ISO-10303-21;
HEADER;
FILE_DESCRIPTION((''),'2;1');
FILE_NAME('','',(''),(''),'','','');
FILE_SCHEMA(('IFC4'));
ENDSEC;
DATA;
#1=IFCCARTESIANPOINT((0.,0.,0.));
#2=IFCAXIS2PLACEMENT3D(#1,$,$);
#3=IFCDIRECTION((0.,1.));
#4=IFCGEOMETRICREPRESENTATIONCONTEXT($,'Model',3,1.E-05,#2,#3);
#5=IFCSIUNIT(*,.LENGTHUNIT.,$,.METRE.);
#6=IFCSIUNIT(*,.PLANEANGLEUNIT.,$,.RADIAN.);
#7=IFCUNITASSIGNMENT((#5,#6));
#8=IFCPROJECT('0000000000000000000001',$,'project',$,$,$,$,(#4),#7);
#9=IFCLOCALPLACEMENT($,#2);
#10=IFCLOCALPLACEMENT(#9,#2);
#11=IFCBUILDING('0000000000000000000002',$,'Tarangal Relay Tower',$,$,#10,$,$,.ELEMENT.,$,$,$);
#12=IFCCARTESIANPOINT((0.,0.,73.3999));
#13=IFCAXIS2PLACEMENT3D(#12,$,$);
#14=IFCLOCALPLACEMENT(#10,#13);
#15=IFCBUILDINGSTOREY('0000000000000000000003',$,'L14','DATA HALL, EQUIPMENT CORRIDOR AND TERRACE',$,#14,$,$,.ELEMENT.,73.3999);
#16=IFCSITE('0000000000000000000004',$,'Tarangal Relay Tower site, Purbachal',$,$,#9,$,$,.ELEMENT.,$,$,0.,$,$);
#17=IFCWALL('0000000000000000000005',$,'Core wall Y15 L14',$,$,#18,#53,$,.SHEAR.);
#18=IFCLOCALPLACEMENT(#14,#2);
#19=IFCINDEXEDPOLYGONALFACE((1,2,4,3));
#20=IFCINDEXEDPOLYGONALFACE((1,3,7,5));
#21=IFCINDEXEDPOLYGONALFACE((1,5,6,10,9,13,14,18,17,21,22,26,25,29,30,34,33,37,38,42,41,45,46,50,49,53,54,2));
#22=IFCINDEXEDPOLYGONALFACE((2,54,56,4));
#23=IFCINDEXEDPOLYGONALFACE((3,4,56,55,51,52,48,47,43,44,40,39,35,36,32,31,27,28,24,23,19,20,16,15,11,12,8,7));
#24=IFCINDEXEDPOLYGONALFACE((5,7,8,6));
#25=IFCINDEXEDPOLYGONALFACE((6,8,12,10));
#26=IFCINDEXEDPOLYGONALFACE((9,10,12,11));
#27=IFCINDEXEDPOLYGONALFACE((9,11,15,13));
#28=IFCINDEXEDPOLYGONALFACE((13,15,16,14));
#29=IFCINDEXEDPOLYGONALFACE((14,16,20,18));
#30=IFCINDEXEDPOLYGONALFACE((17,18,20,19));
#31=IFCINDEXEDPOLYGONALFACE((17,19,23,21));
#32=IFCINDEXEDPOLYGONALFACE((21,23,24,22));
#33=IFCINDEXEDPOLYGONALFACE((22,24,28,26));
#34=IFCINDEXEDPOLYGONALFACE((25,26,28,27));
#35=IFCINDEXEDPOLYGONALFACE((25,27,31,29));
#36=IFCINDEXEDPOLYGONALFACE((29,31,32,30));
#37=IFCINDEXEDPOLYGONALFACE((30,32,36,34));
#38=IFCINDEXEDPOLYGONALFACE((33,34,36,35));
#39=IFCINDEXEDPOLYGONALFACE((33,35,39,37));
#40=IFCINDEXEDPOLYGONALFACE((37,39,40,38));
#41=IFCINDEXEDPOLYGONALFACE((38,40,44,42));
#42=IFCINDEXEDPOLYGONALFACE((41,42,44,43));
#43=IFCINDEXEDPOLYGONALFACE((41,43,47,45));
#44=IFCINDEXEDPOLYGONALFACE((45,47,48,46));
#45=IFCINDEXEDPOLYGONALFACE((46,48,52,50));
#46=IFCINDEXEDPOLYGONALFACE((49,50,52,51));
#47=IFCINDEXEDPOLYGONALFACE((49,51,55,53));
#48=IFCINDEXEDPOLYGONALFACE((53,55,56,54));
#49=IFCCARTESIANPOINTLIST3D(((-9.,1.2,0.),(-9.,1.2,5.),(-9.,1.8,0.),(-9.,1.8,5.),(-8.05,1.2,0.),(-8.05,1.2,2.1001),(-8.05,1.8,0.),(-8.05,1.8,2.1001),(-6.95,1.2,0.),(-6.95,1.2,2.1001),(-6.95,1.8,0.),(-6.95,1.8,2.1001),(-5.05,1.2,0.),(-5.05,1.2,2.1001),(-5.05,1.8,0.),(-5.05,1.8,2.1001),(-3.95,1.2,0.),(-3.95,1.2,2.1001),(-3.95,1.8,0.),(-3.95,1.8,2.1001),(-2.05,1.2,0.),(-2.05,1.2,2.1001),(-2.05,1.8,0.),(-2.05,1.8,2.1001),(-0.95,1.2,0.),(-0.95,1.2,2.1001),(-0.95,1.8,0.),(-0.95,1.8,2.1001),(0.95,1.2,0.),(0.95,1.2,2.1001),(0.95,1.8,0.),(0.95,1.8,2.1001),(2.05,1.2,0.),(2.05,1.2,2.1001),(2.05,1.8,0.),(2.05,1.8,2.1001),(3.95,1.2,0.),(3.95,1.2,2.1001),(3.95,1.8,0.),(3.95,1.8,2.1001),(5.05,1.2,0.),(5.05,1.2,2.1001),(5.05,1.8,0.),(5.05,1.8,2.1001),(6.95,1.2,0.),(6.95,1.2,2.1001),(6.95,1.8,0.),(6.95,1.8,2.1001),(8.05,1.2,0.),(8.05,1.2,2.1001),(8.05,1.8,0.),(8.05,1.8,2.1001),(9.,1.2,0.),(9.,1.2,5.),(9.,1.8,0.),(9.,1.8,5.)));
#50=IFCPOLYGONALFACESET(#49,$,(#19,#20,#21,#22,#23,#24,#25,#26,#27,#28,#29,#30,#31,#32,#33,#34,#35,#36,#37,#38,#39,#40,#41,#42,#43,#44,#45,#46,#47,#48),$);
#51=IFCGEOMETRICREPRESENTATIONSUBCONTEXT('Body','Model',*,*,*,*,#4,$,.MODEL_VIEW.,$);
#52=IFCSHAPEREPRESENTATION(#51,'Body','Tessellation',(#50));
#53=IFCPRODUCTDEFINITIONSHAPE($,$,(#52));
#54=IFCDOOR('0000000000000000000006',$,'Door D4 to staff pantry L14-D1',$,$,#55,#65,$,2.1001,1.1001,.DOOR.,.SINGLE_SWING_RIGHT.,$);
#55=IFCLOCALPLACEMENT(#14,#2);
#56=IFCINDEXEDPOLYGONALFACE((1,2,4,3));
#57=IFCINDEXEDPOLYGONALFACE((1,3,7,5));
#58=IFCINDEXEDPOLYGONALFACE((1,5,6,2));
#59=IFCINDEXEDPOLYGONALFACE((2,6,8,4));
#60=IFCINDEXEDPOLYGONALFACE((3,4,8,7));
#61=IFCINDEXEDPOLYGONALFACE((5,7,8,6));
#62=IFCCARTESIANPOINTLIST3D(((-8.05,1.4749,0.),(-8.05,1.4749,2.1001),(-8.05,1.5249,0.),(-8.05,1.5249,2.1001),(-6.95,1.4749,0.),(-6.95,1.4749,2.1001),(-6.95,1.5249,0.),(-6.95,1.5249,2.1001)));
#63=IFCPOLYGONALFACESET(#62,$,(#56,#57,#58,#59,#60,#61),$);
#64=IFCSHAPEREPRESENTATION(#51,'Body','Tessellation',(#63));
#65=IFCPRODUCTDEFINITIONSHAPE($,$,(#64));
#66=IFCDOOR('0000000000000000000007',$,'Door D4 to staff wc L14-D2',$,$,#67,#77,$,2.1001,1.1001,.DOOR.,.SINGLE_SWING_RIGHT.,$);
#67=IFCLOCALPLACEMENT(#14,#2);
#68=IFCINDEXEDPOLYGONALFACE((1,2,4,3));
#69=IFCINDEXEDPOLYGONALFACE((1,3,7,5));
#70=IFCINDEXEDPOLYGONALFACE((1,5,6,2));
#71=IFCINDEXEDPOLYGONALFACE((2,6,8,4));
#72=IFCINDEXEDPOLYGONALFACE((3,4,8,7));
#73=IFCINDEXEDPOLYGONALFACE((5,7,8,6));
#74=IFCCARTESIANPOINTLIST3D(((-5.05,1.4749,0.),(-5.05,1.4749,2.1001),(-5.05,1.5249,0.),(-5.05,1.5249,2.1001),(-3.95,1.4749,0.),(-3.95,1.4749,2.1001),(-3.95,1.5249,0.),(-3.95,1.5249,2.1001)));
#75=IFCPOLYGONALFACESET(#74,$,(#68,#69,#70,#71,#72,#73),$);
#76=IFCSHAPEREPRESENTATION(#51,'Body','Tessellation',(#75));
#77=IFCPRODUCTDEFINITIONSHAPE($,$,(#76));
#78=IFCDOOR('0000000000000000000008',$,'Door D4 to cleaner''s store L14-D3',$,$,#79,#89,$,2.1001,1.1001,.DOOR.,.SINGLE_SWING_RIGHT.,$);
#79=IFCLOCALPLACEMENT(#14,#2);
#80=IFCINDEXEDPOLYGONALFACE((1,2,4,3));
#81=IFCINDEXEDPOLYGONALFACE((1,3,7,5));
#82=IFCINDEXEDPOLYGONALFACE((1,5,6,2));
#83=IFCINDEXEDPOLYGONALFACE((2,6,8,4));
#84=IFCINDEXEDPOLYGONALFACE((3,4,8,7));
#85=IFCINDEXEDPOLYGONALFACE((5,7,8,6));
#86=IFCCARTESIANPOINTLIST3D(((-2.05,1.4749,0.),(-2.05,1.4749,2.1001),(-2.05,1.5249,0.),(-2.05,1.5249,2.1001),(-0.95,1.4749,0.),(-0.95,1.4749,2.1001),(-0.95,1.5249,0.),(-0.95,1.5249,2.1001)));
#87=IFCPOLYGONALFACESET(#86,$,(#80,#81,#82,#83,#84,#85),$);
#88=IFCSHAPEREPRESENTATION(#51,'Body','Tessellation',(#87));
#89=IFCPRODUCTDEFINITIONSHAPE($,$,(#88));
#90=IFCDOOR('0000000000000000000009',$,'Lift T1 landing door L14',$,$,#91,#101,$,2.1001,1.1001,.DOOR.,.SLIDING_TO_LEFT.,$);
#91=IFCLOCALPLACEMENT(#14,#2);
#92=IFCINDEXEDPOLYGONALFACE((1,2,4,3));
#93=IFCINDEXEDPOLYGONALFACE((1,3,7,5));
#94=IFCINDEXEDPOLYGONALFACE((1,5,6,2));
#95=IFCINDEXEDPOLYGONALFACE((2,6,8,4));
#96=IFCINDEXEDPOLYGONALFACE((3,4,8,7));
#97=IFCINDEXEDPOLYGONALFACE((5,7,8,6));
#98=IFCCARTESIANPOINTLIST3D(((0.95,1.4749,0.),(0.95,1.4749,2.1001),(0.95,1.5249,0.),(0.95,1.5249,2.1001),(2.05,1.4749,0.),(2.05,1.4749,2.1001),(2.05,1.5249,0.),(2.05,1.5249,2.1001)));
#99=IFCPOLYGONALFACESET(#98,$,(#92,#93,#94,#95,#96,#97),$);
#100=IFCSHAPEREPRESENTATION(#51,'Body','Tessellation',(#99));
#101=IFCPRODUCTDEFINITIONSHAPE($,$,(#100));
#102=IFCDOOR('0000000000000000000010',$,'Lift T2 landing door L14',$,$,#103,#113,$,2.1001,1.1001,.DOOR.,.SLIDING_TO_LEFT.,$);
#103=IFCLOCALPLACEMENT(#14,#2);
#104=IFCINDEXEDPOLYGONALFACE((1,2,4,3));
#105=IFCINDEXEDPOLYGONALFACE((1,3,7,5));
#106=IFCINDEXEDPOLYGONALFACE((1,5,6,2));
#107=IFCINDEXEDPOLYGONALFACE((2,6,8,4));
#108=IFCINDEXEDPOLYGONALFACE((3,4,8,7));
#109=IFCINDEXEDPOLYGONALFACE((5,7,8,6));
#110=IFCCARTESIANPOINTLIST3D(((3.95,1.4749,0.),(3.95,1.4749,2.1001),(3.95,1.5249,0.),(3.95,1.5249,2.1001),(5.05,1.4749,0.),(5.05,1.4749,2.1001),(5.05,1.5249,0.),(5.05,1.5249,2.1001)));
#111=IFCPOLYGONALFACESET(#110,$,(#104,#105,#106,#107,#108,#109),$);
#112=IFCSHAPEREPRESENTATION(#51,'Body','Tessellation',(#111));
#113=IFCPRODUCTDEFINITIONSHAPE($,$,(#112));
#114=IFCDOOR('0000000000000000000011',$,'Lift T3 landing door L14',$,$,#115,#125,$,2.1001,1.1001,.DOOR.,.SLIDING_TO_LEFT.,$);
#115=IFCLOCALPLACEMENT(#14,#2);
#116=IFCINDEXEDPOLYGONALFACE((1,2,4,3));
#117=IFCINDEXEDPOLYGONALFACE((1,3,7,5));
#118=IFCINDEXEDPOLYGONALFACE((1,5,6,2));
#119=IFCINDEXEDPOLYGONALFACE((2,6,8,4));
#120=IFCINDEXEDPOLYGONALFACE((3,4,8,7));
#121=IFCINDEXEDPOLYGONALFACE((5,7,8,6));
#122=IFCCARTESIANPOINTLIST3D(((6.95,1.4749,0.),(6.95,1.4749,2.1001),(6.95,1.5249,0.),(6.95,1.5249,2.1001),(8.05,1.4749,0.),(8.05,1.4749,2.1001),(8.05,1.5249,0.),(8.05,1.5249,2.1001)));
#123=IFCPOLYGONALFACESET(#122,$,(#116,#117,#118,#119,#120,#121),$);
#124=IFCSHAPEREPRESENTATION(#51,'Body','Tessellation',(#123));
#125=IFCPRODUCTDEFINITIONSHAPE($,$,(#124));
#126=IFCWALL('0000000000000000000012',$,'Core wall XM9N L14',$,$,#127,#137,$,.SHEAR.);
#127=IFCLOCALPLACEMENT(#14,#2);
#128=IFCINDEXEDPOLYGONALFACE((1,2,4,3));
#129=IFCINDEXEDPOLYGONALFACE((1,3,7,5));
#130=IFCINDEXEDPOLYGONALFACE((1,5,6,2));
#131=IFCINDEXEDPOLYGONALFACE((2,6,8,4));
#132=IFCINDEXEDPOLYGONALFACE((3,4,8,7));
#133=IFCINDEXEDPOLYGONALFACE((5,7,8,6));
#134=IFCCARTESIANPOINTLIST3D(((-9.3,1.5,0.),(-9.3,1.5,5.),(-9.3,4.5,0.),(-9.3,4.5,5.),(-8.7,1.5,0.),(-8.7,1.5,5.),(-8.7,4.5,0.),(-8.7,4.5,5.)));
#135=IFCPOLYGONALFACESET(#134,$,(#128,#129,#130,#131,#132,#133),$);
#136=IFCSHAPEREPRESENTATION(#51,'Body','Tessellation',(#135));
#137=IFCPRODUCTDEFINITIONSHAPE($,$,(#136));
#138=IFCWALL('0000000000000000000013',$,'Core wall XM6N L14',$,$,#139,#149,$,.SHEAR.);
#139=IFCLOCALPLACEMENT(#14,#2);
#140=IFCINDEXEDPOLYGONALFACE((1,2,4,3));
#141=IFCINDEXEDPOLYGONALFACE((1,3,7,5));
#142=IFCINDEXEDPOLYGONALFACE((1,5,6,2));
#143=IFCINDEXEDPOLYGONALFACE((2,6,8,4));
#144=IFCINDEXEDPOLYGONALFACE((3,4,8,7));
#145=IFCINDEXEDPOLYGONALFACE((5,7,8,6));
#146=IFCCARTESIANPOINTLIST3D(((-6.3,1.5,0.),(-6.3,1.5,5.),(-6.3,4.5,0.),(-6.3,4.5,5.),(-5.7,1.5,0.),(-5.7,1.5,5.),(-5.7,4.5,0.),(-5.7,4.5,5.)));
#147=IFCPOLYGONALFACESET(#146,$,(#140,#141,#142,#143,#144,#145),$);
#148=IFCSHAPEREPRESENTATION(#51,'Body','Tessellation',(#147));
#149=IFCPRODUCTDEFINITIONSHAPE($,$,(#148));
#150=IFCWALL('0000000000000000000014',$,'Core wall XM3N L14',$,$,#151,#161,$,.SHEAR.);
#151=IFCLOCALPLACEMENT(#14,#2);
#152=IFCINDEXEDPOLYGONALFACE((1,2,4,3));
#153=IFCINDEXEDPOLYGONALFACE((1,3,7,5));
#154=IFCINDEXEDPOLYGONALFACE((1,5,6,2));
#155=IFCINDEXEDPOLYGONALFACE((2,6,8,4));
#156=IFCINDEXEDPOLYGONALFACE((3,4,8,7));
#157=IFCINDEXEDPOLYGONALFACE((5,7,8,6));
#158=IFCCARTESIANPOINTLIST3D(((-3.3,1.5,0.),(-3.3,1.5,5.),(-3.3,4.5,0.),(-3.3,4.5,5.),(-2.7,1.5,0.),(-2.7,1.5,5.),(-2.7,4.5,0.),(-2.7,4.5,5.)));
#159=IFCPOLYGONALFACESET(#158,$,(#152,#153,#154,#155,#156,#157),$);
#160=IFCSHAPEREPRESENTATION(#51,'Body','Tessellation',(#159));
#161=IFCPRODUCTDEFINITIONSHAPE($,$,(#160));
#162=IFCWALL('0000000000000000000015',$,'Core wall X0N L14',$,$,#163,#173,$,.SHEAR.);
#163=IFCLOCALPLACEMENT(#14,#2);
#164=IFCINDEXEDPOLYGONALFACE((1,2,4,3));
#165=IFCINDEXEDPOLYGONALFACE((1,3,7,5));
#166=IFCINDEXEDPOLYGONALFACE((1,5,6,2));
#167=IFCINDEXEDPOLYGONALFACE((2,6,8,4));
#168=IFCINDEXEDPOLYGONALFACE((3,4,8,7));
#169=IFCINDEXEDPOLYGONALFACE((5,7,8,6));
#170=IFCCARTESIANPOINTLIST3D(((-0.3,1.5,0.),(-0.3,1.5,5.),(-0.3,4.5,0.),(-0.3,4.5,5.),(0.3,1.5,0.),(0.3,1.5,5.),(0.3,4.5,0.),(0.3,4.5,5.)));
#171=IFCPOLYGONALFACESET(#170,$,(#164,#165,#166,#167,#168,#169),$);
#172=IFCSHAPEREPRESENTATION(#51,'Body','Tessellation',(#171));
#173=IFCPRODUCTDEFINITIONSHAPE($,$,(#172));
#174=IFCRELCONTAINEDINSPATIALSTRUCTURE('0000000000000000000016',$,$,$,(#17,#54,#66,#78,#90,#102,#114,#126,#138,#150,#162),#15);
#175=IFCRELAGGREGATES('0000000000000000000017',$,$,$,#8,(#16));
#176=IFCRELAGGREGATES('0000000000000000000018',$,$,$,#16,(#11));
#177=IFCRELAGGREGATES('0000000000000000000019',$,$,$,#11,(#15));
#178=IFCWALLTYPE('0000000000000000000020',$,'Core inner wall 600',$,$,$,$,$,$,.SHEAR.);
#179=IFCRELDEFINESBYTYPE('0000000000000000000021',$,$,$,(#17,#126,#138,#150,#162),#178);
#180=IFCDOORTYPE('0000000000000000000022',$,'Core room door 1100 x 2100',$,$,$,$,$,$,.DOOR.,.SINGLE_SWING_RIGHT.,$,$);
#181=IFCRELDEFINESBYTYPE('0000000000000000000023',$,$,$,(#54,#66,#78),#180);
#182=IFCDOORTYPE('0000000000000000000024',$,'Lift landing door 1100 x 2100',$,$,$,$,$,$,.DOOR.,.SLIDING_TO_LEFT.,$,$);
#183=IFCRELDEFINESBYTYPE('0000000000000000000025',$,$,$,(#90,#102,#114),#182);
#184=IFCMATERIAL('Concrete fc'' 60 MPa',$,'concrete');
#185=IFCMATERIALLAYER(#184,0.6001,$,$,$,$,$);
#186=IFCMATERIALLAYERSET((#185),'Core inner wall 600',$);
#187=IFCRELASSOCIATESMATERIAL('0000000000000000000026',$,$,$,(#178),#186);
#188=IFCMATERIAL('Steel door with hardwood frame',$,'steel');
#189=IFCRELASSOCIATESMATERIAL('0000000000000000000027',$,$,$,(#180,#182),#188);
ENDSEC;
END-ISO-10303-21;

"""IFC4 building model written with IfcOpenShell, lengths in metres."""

from ifc_helpers import new_model, si_unit, direction, frame, frame_2d, origin, place, context, subcontext, project, spatial, rectangle, extrude, material, layer, layer_set, type_object, element, fill, save


model = new_model("IFC4")

# Units and contexts
model_context = context("Model", 3, precision=1e-05, world=origin(), true_north=direction((0.0, 1.0)))
body_context = subcontext(model_context, "Body", "Model", "MODEL_VIEW")
ifc_project = project(units=[si_unit("LENGTHUNIT", "METRE"), si_unit("PLANEANGLEUNIT", "RADIAN")], contexts=[model_context])

# Site, building, storey
site_placement = place(None, origin())
site = spatial("IfcSite", under=ifc_project, at=site_placement, Name="Tarangal Relay Tower site, Purbachal", CompositionType="ELEMENT", RefElevation=0.0)
building_placement = place(site_placement, origin())
building = spatial("IfcBuilding", under=site, at=building_placement, Name="Tarangal Relay Tower", CompositionType="ELEMENT")
storey_placement = place(building_placement, frame((0.0, 0.0, 73.3999)))
storey = spatial("IfcBuildingStorey", under=building, at=storey_placement, Name="L14", Description="DATA HALL, EQUIPMENT CORRIDOR AND TERRACE", CompositionType="ELEMENT", Elevation=73.3999)

# Wall, openings, doors
ifc_material_1 = material(Name="Concrete fc' 60 MPa", Category="concrete")
ifc_layer_1 = layer(ifc_material_1, 0.6001)
ifc_layer_set_1 = layer_set([ifc_layer_1], Name="Core inner wall 600")
wall_type_1 = type_object("IfcWallType", Name="Core inner wall 600", PredefinedType="SHEAR", material=ifc_layer_set_1)
wall_1_placement = place(storey_placement, frame((-9.0, 1.5, 0.0), z_axis=(0.0, 0.0, 1.0), x_axis=(1.0, 0.0, 0.0)))
wall_1 = element("IfcWall", 1, at=wall_1_placement, inside=storey, type_object=wall_type_1, Name="Core wall Y15 L14", PredefinedType="SHEAR", context=body_context, shape_type="SweptSolid", body=[
    extrude(rectangle(XDim=18.0, YDim=0.6001, at=frame_2d((9.0, 0.0))), origin(), (0.0, 0.0, 1.0), 5.0),
])
opening_1_placement = place(wall_1_placement, frame((9.95, 0.0, 0.0)))
opening_1 = element("IfcOpeningElement", 2, at=opening_1_placement, cuts=wall_1, PredefinedType="OPENING", context=body_context, shape_type="SweptSolid", body=[
    extrude(rectangle(XDim=1.1001, YDim=2.1001, at=frame_2d((0.55, 1.05))), frame((0.0, 0.3101, 0.0), z_axis=(0.0, -1.0, 0.0), x_axis=(1.0, 0.0, 0.0)), (0.0, 0.0, 1.0), 0.6201),
])
opening_2_placement = place(wall_1_placement, frame((12.95, 0.0, 0.0)))
opening_2 = element("IfcOpeningElement", 3, at=opening_2_placement, cuts=wall_1, PredefinedType="OPENING", context=body_context, shape_type="SweptSolid", body=[
    extrude(rectangle(XDim=1.1001, YDim=2.1001, at=frame_2d((0.55, 1.05))), frame((0.0, 0.3101, 0.0), z_axis=(0.0, -1.0, 0.0), x_axis=(1.0, 0.0, 0.0)), (0.0, 0.0, 1.0), 0.6201),
])
opening_3_placement = place(wall_1_placement, frame((15.95, 0.0, 0.0)))
opening_3 = element("IfcOpeningElement", 4, at=opening_3_placement, cuts=wall_1, PredefinedType="OPENING", context=body_context, shape_type="SweptSolid", body=[
    extrude(rectangle(XDim=1.1001, YDim=2.1001, at=frame_2d((0.55, 1.05))), frame((0.0, 0.3101, 0.0), z_axis=(0.0, -1.0, 0.0), x_axis=(1.0, 0.0, 0.0)), (0.0, 0.0, 1.0), 0.6201),
])
opening_4_placement = place(wall_1_placement, frame((0.95, 0.0, 0.0)))
opening_4 = element("IfcOpeningElement", 5, at=opening_4_placement, cuts=wall_1, PredefinedType="OPENING", context=body_context, shape_type="SweptSolid", body=[
    extrude(rectangle(XDim=1.1001, YDim=2.1001, at=frame_2d((0.55, 1.05))), frame((0.0, 0.3101, 0.0), z_axis=(0.0, -1.0, 0.0), x_axis=(1.0, 0.0, 0.0)), (0.0, 0.0, 1.0), 0.6201),
])
opening_5_placement = place(wall_1_placement, frame((3.95, 0.0, 0.0)))
opening_5 = element("IfcOpeningElement", 6, at=opening_5_placement, cuts=wall_1, PredefinedType="OPENING", context=body_context, shape_type="SweptSolid", body=[
    extrude(rectangle(XDim=1.1001, YDim=2.1001, at=frame_2d((0.55, 1.05))), frame((0.0, 0.3101, 0.0), z_axis=(0.0, -1.0, 0.0), x_axis=(1.0, 0.0, 0.0)), (0.0, 0.0, 1.0), 0.6201),
])
opening_6_placement = place(wall_1_placement, frame((6.95, 0.0, 0.0)))
opening_6 = element("IfcOpeningElement", 7, at=opening_6_placement, cuts=wall_1, PredefinedType="OPENING", context=body_context, shape_type="SweptSolid", body=[
    extrude(rectangle(XDim=1.1001, YDim=2.1001, at=frame_2d((0.55, 1.05))), frame((0.0, 0.3101, 0.0), z_axis=(0.0, -1.0, 0.0), x_axis=(1.0, 0.0, 0.0)), (0.0, 0.0, 1.0), 0.6201),
])
ifc_material_2 = material(Name="Steel door with hardwood frame", Category="steel")
door_type_1 = type_object("IfcDoorType", Name="Core room door 1100 x 2100", OperationType="SINGLE_SWING_RIGHT", PredefinedType="DOOR", material=ifc_material_2)
door_1_placement = place(opening_4_placement, origin())
door_1 = element("IfcDoor", 8, at=door_1_placement, inside=storey, type_object=door_type_1, Name="Door D4 to staff pantry L14-D1", OperationType="SINGLE_SWING_RIGHT", OverallHeight=2.1001, OverallWidth=1.1001, PredefinedType="DOOR", context=body_context, shape_type="SweptSolid", body=[
    extrude(rectangle(XDim=1.1001, YDim=2.1001, at=frame_2d((0.55, 1.05))), frame((0.0, 0.0249, 0.0), z_axis=(0.0, -1.0, 0.0), x_axis=(1.0, 0.0, 0.0)), (0.0, 0.0, 1.0), 0.05),
])
fill(opening_4, door_1)
door_2_placement = place(opening_5_placement, origin())
door_2 = element("IfcDoor", 9, at=door_2_placement, inside=storey, type_object=door_type_1, Name="Door D4 to staff wc L14-D2", OperationType="SINGLE_SWING_RIGHT", OverallHeight=2.1001, OverallWidth=1.1001, PredefinedType="DOOR", context=body_context, shape_type="SweptSolid", body=[
    extrude(rectangle(XDim=1.1001, YDim=2.1001, at=frame_2d((0.55, 1.05))), frame((0.0, 0.0249, 0.0), z_axis=(0.0, -1.0, 0.0), x_axis=(1.0, 0.0, 0.0)), (0.0, 0.0, 1.0), 0.05),
])
fill(opening_5, door_2)
door_3_placement = place(opening_6_placement, origin())
door_3 = element("IfcDoor", 10, at=door_3_placement, inside=storey, type_object=door_type_1, Name="Door D4 to cleaner's store L14-D3", OperationType="SINGLE_SWING_RIGHT", OverallHeight=2.1001, OverallWidth=1.1001, PredefinedType="DOOR", context=body_context, shape_type="SweptSolid", body=[
    extrude(rectangle(XDim=1.1001, YDim=2.1001, at=frame_2d((0.55, 1.05))), frame((0.0, 0.0249, 0.0), z_axis=(0.0, -1.0, 0.0), x_axis=(1.0, 0.0, 0.0)), (0.0, 0.0, 1.0), 0.05),
])
fill(opening_6, door_3)
door_type_2 = type_object("IfcDoorType", Name="Lift landing door 1100 x 2100", OperationType="SLIDING_TO_LEFT", PredefinedType="DOOR", material=ifc_material_2)
door_4_placement = place(opening_1_placement, origin())
door_4 = element("IfcDoor", 11, at=door_4_placement, inside=storey, type_object=door_type_2, Name="Lift T1 landing door L14", OperationType="SLIDING_TO_LEFT", OverallHeight=2.1001, OverallWidth=1.1001, PredefinedType="DOOR", context=body_context, shape_type="SweptSolid", body=[
    extrude(rectangle(XDim=1.1001, YDim=2.1001, at=frame_2d((0.55, 1.05))), frame((0.0, 0.0249, 0.0), z_axis=(0.0, -1.0, 0.0), x_axis=(1.0, 0.0, 0.0)), (0.0, 0.0, 1.0), 0.05),
])
fill(opening_1, door_4)
door_5_placement = place(opening_2_placement, origin())
door_5 = element("IfcDoor", 12, at=door_5_placement, inside=storey, type_object=door_type_2, Name="Lift T2 landing door L14", OperationType="SLIDING_TO_LEFT", OverallHeight=2.1001, OverallWidth=1.1001, PredefinedType="DOOR", context=body_context, shape_type="SweptSolid", body=[
    extrude(rectangle(XDim=1.1001, YDim=2.1001, at=frame_2d((0.55, 1.05))), frame((0.0, 0.0249, 0.0), z_axis=(0.0, -1.0, 0.0), x_axis=(1.0, 0.0, 0.0)), (0.0, 0.0, 1.0), 0.05),
])
fill(opening_2, door_5)
door_6_placement = place(opening_3_placement, origin())
door_6 = element("IfcDoor", 13, at=door_6_placement, inside=storey, type_object=door_type_2, Name="Lift T3 landing door L14", OperationType="SLIDING_TO_LEFT", OverallHeight=2.1001, OverallWidth=1.1001, PredefinedType="DOOR", context=body_context, shape_type="SweptSolid", body=[
    extrude(rectangle(XDim=1.1001, YDim=2.1001, at=frame_2d((0.55, 1.05))), frame((0.0, 0.0249, 0.0), z_axis=(0.0, -1.0, 0.0), x_axis=(1.0, 0.0, 0.0)), (0.0, 0.0, 1.0), 0.05),
])
fill(opening_3, door_6)

# Walls
for number, where, z_axis, x_axis, name in (
    (14, (-9.0, 1.5, 0.0), (0.0, 0.0, 1.0), (0.0, 1.0, 0.0), "Core wall XM9N L14"),
    (15, (-6.0, 1.5, 0.0), (0.0, 0.0, 1.0), (0.0, 1.0, 0.0), "Core wall XM6N L14"),
    (16, (-3.0, 1.5, 0.0), (0.0, 0.0, 1.0), (0.0, 1.0, 0.0), "Core wall XM3N L14"),
    (17, (0.0, 1.5, 0.0), (0.0, 0.0, 1.0), (0.0, 1.0, 0.0), "Core wall X0N L14"),
):
    element("IfcWall", number, at=place(storey_placement, frame(where, z_axis=z_axis, x_axis=x_axis)), inside=storey, type_object=wall_type_1, Name=name, PredefinedType="SHEAR", context=body_context, shape_type="SweptSolid", body=[
        extrude(rectangle(XDim=3.0, YDim=0.6001, at=frame_2d((1.5, 0.0))), origin(), (0.0, 0.0, 1.0), 5.0),
    ])

save(model, "model.ifc")
